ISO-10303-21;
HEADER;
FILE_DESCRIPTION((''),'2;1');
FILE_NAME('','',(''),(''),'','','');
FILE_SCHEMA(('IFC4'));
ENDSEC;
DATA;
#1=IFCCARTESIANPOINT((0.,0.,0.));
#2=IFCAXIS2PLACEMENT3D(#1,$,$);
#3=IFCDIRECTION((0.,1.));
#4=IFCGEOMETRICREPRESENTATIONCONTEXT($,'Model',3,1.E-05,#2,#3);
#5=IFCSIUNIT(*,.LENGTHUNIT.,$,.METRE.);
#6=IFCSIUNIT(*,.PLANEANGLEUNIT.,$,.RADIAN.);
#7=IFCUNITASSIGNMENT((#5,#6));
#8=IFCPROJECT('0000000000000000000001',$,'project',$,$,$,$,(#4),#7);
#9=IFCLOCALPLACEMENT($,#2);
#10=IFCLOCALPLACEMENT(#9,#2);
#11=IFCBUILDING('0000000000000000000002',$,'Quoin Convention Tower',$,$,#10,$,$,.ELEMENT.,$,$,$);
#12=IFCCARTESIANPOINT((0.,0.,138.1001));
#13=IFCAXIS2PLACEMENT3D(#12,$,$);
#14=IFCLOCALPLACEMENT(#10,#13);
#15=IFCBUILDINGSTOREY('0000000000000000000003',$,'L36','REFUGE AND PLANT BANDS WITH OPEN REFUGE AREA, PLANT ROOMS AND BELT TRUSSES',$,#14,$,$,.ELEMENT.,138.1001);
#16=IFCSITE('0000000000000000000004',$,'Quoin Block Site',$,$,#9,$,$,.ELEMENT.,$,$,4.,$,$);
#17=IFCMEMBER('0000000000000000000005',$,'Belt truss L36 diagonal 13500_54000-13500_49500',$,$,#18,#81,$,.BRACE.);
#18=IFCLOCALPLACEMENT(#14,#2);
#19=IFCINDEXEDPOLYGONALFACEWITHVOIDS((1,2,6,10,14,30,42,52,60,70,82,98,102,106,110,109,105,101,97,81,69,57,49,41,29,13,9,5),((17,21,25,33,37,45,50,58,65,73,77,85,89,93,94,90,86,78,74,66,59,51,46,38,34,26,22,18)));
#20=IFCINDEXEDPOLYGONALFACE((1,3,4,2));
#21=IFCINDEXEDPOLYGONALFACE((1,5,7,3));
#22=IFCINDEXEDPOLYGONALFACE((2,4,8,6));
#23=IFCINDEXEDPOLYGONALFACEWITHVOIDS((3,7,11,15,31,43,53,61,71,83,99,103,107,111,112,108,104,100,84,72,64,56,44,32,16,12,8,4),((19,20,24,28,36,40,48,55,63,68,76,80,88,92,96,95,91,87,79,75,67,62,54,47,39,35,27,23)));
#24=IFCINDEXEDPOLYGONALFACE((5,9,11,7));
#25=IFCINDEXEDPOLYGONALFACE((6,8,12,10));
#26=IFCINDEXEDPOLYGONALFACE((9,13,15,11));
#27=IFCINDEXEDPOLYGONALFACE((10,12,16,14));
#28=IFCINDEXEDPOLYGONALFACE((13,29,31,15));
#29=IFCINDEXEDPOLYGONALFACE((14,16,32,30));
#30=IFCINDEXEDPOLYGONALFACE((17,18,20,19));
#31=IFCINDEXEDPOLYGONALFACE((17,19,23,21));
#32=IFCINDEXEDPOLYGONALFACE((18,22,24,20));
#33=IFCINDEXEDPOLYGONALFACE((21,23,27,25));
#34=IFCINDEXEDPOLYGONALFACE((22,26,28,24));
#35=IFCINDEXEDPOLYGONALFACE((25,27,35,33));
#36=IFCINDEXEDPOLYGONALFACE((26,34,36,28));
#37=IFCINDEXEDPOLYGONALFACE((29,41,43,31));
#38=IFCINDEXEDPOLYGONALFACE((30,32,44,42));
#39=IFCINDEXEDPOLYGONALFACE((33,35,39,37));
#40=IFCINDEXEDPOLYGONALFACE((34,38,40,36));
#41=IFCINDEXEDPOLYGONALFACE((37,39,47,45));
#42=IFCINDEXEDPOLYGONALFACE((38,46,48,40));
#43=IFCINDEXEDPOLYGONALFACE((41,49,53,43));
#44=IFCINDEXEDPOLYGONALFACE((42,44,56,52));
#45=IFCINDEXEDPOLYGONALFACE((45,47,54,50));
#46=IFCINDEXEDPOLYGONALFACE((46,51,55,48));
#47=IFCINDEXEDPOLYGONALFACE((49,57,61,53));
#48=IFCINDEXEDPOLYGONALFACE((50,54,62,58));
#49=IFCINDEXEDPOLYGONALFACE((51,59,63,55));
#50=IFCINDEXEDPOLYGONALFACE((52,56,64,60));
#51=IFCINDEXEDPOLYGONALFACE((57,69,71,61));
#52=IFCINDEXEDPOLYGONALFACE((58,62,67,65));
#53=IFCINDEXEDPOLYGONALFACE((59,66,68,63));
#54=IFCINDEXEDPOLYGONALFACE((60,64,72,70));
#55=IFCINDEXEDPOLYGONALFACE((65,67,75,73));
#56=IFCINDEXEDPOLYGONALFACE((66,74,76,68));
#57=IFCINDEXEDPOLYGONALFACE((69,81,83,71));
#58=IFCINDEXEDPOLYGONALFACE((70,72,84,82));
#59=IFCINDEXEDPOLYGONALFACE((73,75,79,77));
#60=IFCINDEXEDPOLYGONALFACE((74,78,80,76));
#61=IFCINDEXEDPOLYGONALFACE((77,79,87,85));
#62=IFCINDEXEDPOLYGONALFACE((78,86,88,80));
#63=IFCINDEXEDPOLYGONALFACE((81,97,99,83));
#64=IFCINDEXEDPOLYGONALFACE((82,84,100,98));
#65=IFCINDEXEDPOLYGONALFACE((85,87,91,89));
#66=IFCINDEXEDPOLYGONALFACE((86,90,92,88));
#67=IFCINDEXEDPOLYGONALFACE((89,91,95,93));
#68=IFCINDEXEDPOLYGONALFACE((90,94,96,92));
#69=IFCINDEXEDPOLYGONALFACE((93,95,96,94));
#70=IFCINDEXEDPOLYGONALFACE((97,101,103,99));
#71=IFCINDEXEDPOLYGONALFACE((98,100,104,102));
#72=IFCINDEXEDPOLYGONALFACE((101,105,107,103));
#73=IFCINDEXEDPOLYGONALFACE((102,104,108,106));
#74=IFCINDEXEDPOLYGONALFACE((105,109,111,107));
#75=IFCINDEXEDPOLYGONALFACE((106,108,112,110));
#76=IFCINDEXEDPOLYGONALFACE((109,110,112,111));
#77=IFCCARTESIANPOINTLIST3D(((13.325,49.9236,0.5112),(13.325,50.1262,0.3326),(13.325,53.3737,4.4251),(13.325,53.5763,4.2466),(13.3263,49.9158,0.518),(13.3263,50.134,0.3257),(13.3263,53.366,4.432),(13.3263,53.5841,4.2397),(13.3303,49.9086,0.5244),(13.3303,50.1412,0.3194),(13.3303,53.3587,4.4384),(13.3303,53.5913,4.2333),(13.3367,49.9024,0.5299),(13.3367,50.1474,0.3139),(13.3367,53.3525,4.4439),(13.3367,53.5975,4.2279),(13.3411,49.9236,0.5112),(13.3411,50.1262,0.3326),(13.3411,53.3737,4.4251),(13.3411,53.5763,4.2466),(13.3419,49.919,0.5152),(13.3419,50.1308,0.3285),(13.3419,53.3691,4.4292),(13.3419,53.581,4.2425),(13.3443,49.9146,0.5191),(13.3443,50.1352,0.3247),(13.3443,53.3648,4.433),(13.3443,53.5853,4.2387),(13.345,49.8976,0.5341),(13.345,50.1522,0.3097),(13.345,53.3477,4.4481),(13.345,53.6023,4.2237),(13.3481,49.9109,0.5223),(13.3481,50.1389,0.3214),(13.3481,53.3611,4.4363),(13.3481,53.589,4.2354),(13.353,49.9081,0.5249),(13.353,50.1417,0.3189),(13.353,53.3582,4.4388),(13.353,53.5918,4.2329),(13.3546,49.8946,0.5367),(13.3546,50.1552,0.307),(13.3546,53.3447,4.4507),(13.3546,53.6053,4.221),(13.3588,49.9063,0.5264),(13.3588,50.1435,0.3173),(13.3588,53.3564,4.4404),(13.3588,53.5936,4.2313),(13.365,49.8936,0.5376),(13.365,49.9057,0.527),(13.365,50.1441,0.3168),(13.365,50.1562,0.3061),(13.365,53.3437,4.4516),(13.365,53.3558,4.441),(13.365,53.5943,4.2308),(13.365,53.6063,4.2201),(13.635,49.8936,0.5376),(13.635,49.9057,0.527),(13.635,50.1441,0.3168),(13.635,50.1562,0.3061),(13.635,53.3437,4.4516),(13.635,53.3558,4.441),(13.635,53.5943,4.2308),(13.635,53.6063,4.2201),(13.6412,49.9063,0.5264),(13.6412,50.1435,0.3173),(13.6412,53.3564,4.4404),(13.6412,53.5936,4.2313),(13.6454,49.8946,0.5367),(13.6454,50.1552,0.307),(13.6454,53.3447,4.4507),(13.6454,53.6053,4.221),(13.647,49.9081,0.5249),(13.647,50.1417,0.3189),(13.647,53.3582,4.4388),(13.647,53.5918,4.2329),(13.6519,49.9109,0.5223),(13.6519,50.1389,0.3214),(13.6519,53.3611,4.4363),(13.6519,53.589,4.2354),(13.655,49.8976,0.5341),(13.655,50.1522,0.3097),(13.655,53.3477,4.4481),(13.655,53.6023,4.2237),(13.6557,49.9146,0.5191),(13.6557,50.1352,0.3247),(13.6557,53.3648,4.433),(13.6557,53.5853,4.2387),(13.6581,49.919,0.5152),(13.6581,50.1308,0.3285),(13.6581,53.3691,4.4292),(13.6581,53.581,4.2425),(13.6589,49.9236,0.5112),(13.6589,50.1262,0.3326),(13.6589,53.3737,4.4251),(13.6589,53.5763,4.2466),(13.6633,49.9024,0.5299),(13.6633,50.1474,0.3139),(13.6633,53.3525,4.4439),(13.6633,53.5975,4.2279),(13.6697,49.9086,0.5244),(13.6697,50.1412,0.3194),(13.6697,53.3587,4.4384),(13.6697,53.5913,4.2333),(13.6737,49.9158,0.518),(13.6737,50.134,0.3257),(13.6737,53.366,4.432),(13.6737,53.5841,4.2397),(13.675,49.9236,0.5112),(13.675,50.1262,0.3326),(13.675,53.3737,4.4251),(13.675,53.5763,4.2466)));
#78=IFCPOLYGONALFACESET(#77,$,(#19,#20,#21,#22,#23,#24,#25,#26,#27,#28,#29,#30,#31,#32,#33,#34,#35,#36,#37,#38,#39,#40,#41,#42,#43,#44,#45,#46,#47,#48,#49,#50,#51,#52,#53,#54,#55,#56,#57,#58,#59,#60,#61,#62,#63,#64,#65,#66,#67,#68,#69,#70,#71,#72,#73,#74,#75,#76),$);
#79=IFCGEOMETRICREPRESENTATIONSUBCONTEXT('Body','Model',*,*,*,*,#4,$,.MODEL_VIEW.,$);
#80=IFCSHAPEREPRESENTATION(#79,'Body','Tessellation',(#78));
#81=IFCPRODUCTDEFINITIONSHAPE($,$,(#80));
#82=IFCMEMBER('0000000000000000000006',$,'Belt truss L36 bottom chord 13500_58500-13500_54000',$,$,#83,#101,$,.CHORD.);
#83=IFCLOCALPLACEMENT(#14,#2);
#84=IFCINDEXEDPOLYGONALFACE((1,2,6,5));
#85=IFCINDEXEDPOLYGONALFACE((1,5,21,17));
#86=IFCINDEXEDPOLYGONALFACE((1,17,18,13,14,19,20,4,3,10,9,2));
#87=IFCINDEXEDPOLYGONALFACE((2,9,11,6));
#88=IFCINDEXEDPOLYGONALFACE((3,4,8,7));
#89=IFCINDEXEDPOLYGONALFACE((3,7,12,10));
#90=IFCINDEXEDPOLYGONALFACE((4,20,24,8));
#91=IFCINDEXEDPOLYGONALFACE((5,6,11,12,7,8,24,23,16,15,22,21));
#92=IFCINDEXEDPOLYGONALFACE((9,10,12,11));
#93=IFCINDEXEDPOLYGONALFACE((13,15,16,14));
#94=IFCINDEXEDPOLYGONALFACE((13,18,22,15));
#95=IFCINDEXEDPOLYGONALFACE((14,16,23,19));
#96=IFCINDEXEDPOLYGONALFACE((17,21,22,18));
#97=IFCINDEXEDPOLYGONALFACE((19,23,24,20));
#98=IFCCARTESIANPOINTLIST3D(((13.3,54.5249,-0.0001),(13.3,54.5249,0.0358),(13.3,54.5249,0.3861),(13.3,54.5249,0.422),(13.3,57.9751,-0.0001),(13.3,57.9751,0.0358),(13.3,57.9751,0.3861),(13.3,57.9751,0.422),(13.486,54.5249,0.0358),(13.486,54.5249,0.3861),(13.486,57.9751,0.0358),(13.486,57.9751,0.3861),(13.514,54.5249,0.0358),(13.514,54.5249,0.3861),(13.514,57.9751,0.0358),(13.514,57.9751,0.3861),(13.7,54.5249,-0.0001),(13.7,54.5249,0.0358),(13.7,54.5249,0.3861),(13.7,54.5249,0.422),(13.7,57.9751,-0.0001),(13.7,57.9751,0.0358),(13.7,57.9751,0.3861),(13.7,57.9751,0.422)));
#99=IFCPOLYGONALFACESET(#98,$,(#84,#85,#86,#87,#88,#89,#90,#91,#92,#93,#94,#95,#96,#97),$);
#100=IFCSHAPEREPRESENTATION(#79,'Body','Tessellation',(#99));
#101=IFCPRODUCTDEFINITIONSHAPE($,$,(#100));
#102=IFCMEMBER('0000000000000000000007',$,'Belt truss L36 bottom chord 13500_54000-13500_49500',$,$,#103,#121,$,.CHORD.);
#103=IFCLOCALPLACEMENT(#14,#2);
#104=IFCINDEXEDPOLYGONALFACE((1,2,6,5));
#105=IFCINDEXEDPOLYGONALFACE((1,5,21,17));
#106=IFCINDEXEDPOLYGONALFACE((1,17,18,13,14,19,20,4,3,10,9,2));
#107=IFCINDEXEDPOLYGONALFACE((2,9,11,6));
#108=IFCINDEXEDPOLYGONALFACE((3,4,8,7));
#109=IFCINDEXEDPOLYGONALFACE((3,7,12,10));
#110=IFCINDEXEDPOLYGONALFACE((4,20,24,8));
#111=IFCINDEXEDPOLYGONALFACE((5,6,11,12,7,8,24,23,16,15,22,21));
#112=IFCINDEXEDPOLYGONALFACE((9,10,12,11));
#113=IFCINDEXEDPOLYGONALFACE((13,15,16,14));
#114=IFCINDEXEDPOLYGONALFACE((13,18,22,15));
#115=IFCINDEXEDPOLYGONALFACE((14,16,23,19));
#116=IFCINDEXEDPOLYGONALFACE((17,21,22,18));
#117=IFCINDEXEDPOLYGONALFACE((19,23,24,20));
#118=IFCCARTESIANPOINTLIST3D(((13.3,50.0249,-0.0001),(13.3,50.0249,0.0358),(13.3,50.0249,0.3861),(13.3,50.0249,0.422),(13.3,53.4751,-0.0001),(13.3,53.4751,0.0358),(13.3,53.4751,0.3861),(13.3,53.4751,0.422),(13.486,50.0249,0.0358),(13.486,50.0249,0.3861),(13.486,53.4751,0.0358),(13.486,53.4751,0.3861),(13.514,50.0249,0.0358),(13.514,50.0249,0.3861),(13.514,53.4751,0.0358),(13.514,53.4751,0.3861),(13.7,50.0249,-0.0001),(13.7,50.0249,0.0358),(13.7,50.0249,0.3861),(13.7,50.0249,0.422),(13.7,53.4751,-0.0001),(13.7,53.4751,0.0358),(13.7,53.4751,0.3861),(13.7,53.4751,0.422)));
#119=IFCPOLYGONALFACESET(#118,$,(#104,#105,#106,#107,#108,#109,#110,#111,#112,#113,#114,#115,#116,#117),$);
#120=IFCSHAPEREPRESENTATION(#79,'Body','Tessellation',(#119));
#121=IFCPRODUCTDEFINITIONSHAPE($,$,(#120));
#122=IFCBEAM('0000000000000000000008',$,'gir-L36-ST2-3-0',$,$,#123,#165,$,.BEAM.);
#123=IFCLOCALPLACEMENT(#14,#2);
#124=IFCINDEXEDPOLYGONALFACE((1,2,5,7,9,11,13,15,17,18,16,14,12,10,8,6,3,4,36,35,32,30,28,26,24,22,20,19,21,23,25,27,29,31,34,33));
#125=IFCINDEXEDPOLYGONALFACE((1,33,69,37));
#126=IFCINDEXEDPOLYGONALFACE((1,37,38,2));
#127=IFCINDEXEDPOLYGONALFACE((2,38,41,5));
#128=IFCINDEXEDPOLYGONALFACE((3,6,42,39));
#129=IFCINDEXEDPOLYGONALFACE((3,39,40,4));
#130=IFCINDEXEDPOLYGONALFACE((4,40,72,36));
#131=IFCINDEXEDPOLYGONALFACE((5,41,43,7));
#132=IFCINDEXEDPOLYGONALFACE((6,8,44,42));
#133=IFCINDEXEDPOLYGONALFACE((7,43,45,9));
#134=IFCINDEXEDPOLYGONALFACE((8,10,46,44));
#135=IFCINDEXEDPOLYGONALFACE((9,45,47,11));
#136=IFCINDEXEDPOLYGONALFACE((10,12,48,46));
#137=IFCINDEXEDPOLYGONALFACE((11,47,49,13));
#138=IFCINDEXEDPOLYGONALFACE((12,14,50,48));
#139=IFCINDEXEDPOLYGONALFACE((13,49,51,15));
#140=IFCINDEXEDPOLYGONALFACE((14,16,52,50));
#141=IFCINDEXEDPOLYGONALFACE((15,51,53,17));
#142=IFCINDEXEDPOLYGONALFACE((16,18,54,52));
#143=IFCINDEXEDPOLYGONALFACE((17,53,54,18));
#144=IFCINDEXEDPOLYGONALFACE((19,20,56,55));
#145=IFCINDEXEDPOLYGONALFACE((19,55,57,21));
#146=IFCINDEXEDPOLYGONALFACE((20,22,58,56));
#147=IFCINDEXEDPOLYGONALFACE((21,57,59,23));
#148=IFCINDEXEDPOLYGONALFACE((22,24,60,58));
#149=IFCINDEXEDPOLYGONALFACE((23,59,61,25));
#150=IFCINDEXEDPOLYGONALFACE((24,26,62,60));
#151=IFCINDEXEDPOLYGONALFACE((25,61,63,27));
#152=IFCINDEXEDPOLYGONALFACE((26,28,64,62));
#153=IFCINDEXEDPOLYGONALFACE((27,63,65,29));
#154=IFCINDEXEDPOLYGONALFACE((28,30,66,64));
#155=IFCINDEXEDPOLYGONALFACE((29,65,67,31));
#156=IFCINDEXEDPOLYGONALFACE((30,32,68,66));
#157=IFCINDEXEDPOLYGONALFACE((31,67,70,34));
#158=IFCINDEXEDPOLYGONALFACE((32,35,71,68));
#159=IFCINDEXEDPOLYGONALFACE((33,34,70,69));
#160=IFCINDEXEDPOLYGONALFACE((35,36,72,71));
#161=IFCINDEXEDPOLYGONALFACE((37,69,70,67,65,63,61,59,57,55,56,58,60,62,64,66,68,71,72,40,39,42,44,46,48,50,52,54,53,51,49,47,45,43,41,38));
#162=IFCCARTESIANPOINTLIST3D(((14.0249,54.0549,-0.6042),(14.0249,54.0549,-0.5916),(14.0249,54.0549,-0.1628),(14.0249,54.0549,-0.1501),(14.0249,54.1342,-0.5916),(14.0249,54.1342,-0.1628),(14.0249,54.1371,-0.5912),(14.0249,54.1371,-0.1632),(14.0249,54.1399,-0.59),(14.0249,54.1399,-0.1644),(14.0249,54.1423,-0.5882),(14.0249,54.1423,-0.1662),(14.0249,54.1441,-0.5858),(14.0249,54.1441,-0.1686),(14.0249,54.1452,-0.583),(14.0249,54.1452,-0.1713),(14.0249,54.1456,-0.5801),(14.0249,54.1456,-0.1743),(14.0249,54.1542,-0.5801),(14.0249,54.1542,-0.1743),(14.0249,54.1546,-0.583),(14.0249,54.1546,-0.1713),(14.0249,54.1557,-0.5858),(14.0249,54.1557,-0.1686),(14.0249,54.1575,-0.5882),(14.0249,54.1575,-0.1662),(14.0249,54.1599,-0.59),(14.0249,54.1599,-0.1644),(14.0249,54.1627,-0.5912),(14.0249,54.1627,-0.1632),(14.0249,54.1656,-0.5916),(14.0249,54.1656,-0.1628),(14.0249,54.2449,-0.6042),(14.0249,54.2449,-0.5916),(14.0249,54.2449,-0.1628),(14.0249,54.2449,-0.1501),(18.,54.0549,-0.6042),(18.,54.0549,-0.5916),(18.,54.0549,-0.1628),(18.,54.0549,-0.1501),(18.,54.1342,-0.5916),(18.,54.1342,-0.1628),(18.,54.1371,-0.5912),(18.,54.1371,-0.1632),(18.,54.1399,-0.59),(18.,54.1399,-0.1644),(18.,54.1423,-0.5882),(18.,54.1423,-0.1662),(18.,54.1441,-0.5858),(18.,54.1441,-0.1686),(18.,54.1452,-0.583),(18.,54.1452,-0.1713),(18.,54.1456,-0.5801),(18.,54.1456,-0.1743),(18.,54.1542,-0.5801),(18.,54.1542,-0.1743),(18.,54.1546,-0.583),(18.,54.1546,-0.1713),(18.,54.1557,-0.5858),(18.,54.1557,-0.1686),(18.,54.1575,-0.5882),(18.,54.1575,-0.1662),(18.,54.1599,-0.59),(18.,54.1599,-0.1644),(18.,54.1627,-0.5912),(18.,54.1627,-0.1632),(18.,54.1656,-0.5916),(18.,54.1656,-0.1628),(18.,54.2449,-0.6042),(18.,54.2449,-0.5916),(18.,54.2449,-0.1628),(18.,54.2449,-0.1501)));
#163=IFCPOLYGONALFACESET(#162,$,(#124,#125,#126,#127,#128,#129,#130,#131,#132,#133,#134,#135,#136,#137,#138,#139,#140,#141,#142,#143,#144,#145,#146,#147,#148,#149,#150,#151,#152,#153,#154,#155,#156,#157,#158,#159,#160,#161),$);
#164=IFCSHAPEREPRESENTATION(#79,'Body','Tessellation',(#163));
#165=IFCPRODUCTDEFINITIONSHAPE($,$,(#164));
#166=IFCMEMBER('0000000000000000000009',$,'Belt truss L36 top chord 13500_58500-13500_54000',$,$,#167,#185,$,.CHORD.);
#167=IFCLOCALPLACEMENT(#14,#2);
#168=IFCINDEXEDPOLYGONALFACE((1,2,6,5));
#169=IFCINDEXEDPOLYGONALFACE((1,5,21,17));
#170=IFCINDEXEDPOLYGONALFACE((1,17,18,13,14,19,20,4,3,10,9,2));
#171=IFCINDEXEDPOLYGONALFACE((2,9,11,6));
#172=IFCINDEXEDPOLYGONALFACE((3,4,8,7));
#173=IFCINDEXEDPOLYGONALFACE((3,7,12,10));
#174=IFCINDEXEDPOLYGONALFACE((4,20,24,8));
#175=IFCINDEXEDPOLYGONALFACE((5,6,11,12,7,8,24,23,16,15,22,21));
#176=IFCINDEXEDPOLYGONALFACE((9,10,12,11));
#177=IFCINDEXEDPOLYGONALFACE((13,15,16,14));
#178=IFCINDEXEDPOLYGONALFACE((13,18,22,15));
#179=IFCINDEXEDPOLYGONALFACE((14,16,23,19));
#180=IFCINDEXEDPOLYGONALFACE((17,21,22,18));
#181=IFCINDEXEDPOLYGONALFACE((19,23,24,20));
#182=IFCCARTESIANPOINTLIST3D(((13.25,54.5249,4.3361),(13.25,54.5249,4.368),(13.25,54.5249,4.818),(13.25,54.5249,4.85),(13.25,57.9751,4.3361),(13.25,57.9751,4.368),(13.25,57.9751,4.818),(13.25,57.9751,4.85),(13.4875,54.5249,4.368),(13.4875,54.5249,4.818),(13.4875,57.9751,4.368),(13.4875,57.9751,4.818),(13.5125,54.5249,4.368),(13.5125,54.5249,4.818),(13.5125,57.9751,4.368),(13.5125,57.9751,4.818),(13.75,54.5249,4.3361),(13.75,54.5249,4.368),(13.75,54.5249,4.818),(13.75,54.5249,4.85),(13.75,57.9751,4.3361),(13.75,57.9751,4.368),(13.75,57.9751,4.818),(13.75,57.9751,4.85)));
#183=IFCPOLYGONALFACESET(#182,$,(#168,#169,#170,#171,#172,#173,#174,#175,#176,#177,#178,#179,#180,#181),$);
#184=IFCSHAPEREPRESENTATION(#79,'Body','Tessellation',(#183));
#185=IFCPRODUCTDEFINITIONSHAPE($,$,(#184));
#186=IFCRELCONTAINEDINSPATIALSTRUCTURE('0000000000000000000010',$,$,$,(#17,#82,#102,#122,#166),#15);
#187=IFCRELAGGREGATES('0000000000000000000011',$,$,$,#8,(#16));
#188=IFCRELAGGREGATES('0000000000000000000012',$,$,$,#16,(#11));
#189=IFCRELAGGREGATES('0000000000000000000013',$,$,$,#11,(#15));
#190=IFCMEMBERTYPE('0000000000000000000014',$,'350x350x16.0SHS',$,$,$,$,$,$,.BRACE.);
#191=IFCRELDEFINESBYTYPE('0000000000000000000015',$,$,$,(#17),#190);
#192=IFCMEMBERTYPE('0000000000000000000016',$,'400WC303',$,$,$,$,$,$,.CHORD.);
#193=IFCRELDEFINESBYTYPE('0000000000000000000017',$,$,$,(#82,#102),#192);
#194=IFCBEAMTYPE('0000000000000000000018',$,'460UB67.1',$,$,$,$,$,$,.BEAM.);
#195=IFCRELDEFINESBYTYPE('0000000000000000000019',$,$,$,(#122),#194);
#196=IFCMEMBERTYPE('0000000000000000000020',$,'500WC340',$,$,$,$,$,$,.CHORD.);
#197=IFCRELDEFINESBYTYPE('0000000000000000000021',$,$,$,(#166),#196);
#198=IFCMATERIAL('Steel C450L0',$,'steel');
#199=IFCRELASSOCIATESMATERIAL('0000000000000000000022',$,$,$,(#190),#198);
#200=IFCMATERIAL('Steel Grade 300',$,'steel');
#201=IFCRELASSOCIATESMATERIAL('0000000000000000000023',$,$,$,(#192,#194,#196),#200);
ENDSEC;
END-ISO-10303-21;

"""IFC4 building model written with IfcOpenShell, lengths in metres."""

from ifc_helpers import new_model, si_unit, direction, frame, origin, origin_2d, place, context, subcontext, project, spatial, hollow_rectangle, i_section, extrude, material, material_profile, profile_set, type_object, element, save


model = new_model("IFC4")

# Units and contexts
model_context = context("Model", 3, precision=1e-05, world=origin(), true_north=direction((0.0, 1.0)))
body_context = subcontext(model_context, "Body", "Model", "MODEL_VIEW")
ifc_project = project(units=[si_unit("LENGTHUNIT", "METRE"), si_unit("PLANEANGLEUNIT", "RADIAN")], contexts=[model_context])

# Site, building, storey
site_placement = place(None, origin())
site = spatial("IfcSite", under=ifc_project, at=site_placement, Name="Quoin Block Site", CompositionType="ELEMENT", RefElevation=4.0)
building_placement = place(site_placement, origin())
building = spatial("IfcBuilding", under=site, at=building_placement, Name="Quoin Convention Tower", CompositionType="ELEMENT")
storey_placement = place(building_placement, frame((0.0, 0.0, 138.1001)))
storey = spatial("IfcBuildingStorey", under=building, at=storey_placement, Name="L36", Description="REFUGE AND PLANT BANDS WITH OPEN REFUGE AREA, PLANT ROOMS AND BELT TRUSSES", CompositionType="ELEMENT", Elevation=138.1001)

# Shared definitions
ifc_material_1 = material(Name="Steel C450L0", Category="steel")

# Members
ifc_material_profile_1 = material_profile(ifc_material_1, hollow_rectangle(XDim=0.3501, YDim=0.3501, WallThickness=0.0161, InnerFilletRadius=0.0239, OuterFilletRadius=0.04, at=origin_2d()), Name="350x350x16.0SHS")
ifc_profile_set_1 = profile_set([ifc_material_profile_1], Name="Steel C450L0")
member_type_1 = type_object("IfcMemberType", Name="350x350x16.0SHS", PredefinedType="BRACE", material=ifc_profile_set_1)
for number, where, z_axis, x_axis, name in (
    (1, (13.5, 50.0249, 0.4219), (0.0, 0.661256, 0.75016), (-1.0, 0.0, 0.0), "Belt truss L36 diagonal 13500_54000-13500_49500"),
):
    element("IfcMember", number, at=place(storey_placement, frame(where, z_axis=z_axis, x_axis=x_axis)), inside=storey, type_object=member_type_1, Name=name, PredefinedType="BRACE", context=body_context, shape_type="SweptSolid", body=[
        extrude(hollow_rectangle(XDim=0.3501, YDim=0.3501, WallThickness=0.0161, InnerFilletRadius=0.0239, OuterFilletRadius=0.04, at=origin_2d()), origin(), (0.0, 0.0, 1.0), 5.2175),
    ])
ifc_material_2 = material(Name="Steel Grade 300", Category="steel")
ifc_material_profile_2 = material_profile(ifc_material_2, i_section(OverallWidth=0.3999, OverallDepth=0.4221, WebThickness=0.0281, FlangeThickness=0.0359, at=origin_2d()), Name="400WC303")
ifc_profile_set_2 = profile_set([ifc_material_profile_2], Name="Steel Grade 300")
member_type_2 = type_object("IfcMemberType", Name="400WC303", PredefinedType="CHORD", material=ifc_profile_set_2)
for number, where, z_axis, x_axis, name in (
    (2, (13.5, 57.9751, 0.2109), (0.0, -1.0, 0.0), (1.0, 0.0, 0.0), "Belt truss L36 bottom chord 13500_58500-13500_54000"),
    (3, (13.5, 53.4751, 0.2109), (0.0, -1.0, 0.0), (1.0, 0.0, 0.0), "Belt truss L36 bottom chord 13500_54000-13500_49500"),
):
    element("IfcMember", number, at=place(storey_placement, frame(where, z_axis=z_axis, x_axis=x_axis)), inside=storey, type_object=member_type_2, Name=name, PredefinedType="CHORD", context=body_context, shape_type="SweptSolid", body=[
        extrude(i_section(OverallWidth=0.3999, OverallDepth=0.4221, WebThickness=0.0281, FlangeThickness=0.0359, at=origin_2d()), origin(), (0.0, 0.0, 1.0), 3.4502),
    ])

# Beam
ifc_material_profile_3 = material_profile(ifc_material_2, i_section(OverallWidth=0.1899, OverallDepth=0.4541, WebThickness=0.0085, FlangeThickness=0.0127, FilletRadius=0.0115, at=origin_2d()), Name="460UB67.1")
ifc_profile_set_3 = profile_set([ifc_material_profile_3], Name="Steel Grade 300")
beam_type_1 = type_object("IfcBeamType", Name="460UB67.1", PredefinedType="BEAM", material=ifc_profile_set_3)
beam_1_placement = place(storey_placement, frame((14.0249, 54.1499, -0.3772), z_axis=(1.0, 0.0, 0.0), x_axis=(0.0, 1.0, 0.0)))
element("IfcBeam", 4, at=beam_1_placement, inside=storey, type_object=beam_type_1, Name="gir-L36-ST2-3-0", PredefinedType="BEAM", context=body_context, shape_type="SweptSolid", body=[
    extrude(i_section(OverallWidth=0.1899, OverallDepth=0.4541, WebThickness=0.0085, FlangeThickness=0.0127, FilletRadius=0.0115, at=origin_2d()), origin(), (0.0, 0.0, 1.0), 3.9751),
])

# Member
ifc_material_profile_4 = material_profile(ifc_material_2, i_section(OverallWidth=0.5, OverallDepth=0.5139, WebThickness=0.0249, FlangeThickness=0.032, at=origin_2d()), Name="500WC340")
ifc_profile_set_4 = profile_set([ifc_material_profile_4], Name="Steel Grade 300")
member_type_3 = type_object("IfcMemberType", Name="500WC340", PredefinedType="CHORD", material=ifc_profile_set_4)
for number, where, z_axis, x_axis, name in (
    (5, (13.5, 57.9751, 4.593), (0.0, -1.0, 0.0), (1.0, 0.0, 0.0), "Belt truss L36 top chord 13500_58500-13500_54000"),
):
    element("IfcMember", number, at=place(storey_placement, frame(where, z_axis=z_axis, x_axis=x_axis)), inside=storey, type_object=member_type_3, Name=name, PredefinedType="CHORD", context=body_context, shape_type="SweptSolid", body=[
        extrude(i_section(OverallWidth=0.5, OverallDepth=0.5139, WebThickness=0.0249, FlangeThickness=0.032, at=origin_2d()), origin(), (0.0, 0.0, 1.0), 3.4502),
    ])

save(model, "model.ifc")
